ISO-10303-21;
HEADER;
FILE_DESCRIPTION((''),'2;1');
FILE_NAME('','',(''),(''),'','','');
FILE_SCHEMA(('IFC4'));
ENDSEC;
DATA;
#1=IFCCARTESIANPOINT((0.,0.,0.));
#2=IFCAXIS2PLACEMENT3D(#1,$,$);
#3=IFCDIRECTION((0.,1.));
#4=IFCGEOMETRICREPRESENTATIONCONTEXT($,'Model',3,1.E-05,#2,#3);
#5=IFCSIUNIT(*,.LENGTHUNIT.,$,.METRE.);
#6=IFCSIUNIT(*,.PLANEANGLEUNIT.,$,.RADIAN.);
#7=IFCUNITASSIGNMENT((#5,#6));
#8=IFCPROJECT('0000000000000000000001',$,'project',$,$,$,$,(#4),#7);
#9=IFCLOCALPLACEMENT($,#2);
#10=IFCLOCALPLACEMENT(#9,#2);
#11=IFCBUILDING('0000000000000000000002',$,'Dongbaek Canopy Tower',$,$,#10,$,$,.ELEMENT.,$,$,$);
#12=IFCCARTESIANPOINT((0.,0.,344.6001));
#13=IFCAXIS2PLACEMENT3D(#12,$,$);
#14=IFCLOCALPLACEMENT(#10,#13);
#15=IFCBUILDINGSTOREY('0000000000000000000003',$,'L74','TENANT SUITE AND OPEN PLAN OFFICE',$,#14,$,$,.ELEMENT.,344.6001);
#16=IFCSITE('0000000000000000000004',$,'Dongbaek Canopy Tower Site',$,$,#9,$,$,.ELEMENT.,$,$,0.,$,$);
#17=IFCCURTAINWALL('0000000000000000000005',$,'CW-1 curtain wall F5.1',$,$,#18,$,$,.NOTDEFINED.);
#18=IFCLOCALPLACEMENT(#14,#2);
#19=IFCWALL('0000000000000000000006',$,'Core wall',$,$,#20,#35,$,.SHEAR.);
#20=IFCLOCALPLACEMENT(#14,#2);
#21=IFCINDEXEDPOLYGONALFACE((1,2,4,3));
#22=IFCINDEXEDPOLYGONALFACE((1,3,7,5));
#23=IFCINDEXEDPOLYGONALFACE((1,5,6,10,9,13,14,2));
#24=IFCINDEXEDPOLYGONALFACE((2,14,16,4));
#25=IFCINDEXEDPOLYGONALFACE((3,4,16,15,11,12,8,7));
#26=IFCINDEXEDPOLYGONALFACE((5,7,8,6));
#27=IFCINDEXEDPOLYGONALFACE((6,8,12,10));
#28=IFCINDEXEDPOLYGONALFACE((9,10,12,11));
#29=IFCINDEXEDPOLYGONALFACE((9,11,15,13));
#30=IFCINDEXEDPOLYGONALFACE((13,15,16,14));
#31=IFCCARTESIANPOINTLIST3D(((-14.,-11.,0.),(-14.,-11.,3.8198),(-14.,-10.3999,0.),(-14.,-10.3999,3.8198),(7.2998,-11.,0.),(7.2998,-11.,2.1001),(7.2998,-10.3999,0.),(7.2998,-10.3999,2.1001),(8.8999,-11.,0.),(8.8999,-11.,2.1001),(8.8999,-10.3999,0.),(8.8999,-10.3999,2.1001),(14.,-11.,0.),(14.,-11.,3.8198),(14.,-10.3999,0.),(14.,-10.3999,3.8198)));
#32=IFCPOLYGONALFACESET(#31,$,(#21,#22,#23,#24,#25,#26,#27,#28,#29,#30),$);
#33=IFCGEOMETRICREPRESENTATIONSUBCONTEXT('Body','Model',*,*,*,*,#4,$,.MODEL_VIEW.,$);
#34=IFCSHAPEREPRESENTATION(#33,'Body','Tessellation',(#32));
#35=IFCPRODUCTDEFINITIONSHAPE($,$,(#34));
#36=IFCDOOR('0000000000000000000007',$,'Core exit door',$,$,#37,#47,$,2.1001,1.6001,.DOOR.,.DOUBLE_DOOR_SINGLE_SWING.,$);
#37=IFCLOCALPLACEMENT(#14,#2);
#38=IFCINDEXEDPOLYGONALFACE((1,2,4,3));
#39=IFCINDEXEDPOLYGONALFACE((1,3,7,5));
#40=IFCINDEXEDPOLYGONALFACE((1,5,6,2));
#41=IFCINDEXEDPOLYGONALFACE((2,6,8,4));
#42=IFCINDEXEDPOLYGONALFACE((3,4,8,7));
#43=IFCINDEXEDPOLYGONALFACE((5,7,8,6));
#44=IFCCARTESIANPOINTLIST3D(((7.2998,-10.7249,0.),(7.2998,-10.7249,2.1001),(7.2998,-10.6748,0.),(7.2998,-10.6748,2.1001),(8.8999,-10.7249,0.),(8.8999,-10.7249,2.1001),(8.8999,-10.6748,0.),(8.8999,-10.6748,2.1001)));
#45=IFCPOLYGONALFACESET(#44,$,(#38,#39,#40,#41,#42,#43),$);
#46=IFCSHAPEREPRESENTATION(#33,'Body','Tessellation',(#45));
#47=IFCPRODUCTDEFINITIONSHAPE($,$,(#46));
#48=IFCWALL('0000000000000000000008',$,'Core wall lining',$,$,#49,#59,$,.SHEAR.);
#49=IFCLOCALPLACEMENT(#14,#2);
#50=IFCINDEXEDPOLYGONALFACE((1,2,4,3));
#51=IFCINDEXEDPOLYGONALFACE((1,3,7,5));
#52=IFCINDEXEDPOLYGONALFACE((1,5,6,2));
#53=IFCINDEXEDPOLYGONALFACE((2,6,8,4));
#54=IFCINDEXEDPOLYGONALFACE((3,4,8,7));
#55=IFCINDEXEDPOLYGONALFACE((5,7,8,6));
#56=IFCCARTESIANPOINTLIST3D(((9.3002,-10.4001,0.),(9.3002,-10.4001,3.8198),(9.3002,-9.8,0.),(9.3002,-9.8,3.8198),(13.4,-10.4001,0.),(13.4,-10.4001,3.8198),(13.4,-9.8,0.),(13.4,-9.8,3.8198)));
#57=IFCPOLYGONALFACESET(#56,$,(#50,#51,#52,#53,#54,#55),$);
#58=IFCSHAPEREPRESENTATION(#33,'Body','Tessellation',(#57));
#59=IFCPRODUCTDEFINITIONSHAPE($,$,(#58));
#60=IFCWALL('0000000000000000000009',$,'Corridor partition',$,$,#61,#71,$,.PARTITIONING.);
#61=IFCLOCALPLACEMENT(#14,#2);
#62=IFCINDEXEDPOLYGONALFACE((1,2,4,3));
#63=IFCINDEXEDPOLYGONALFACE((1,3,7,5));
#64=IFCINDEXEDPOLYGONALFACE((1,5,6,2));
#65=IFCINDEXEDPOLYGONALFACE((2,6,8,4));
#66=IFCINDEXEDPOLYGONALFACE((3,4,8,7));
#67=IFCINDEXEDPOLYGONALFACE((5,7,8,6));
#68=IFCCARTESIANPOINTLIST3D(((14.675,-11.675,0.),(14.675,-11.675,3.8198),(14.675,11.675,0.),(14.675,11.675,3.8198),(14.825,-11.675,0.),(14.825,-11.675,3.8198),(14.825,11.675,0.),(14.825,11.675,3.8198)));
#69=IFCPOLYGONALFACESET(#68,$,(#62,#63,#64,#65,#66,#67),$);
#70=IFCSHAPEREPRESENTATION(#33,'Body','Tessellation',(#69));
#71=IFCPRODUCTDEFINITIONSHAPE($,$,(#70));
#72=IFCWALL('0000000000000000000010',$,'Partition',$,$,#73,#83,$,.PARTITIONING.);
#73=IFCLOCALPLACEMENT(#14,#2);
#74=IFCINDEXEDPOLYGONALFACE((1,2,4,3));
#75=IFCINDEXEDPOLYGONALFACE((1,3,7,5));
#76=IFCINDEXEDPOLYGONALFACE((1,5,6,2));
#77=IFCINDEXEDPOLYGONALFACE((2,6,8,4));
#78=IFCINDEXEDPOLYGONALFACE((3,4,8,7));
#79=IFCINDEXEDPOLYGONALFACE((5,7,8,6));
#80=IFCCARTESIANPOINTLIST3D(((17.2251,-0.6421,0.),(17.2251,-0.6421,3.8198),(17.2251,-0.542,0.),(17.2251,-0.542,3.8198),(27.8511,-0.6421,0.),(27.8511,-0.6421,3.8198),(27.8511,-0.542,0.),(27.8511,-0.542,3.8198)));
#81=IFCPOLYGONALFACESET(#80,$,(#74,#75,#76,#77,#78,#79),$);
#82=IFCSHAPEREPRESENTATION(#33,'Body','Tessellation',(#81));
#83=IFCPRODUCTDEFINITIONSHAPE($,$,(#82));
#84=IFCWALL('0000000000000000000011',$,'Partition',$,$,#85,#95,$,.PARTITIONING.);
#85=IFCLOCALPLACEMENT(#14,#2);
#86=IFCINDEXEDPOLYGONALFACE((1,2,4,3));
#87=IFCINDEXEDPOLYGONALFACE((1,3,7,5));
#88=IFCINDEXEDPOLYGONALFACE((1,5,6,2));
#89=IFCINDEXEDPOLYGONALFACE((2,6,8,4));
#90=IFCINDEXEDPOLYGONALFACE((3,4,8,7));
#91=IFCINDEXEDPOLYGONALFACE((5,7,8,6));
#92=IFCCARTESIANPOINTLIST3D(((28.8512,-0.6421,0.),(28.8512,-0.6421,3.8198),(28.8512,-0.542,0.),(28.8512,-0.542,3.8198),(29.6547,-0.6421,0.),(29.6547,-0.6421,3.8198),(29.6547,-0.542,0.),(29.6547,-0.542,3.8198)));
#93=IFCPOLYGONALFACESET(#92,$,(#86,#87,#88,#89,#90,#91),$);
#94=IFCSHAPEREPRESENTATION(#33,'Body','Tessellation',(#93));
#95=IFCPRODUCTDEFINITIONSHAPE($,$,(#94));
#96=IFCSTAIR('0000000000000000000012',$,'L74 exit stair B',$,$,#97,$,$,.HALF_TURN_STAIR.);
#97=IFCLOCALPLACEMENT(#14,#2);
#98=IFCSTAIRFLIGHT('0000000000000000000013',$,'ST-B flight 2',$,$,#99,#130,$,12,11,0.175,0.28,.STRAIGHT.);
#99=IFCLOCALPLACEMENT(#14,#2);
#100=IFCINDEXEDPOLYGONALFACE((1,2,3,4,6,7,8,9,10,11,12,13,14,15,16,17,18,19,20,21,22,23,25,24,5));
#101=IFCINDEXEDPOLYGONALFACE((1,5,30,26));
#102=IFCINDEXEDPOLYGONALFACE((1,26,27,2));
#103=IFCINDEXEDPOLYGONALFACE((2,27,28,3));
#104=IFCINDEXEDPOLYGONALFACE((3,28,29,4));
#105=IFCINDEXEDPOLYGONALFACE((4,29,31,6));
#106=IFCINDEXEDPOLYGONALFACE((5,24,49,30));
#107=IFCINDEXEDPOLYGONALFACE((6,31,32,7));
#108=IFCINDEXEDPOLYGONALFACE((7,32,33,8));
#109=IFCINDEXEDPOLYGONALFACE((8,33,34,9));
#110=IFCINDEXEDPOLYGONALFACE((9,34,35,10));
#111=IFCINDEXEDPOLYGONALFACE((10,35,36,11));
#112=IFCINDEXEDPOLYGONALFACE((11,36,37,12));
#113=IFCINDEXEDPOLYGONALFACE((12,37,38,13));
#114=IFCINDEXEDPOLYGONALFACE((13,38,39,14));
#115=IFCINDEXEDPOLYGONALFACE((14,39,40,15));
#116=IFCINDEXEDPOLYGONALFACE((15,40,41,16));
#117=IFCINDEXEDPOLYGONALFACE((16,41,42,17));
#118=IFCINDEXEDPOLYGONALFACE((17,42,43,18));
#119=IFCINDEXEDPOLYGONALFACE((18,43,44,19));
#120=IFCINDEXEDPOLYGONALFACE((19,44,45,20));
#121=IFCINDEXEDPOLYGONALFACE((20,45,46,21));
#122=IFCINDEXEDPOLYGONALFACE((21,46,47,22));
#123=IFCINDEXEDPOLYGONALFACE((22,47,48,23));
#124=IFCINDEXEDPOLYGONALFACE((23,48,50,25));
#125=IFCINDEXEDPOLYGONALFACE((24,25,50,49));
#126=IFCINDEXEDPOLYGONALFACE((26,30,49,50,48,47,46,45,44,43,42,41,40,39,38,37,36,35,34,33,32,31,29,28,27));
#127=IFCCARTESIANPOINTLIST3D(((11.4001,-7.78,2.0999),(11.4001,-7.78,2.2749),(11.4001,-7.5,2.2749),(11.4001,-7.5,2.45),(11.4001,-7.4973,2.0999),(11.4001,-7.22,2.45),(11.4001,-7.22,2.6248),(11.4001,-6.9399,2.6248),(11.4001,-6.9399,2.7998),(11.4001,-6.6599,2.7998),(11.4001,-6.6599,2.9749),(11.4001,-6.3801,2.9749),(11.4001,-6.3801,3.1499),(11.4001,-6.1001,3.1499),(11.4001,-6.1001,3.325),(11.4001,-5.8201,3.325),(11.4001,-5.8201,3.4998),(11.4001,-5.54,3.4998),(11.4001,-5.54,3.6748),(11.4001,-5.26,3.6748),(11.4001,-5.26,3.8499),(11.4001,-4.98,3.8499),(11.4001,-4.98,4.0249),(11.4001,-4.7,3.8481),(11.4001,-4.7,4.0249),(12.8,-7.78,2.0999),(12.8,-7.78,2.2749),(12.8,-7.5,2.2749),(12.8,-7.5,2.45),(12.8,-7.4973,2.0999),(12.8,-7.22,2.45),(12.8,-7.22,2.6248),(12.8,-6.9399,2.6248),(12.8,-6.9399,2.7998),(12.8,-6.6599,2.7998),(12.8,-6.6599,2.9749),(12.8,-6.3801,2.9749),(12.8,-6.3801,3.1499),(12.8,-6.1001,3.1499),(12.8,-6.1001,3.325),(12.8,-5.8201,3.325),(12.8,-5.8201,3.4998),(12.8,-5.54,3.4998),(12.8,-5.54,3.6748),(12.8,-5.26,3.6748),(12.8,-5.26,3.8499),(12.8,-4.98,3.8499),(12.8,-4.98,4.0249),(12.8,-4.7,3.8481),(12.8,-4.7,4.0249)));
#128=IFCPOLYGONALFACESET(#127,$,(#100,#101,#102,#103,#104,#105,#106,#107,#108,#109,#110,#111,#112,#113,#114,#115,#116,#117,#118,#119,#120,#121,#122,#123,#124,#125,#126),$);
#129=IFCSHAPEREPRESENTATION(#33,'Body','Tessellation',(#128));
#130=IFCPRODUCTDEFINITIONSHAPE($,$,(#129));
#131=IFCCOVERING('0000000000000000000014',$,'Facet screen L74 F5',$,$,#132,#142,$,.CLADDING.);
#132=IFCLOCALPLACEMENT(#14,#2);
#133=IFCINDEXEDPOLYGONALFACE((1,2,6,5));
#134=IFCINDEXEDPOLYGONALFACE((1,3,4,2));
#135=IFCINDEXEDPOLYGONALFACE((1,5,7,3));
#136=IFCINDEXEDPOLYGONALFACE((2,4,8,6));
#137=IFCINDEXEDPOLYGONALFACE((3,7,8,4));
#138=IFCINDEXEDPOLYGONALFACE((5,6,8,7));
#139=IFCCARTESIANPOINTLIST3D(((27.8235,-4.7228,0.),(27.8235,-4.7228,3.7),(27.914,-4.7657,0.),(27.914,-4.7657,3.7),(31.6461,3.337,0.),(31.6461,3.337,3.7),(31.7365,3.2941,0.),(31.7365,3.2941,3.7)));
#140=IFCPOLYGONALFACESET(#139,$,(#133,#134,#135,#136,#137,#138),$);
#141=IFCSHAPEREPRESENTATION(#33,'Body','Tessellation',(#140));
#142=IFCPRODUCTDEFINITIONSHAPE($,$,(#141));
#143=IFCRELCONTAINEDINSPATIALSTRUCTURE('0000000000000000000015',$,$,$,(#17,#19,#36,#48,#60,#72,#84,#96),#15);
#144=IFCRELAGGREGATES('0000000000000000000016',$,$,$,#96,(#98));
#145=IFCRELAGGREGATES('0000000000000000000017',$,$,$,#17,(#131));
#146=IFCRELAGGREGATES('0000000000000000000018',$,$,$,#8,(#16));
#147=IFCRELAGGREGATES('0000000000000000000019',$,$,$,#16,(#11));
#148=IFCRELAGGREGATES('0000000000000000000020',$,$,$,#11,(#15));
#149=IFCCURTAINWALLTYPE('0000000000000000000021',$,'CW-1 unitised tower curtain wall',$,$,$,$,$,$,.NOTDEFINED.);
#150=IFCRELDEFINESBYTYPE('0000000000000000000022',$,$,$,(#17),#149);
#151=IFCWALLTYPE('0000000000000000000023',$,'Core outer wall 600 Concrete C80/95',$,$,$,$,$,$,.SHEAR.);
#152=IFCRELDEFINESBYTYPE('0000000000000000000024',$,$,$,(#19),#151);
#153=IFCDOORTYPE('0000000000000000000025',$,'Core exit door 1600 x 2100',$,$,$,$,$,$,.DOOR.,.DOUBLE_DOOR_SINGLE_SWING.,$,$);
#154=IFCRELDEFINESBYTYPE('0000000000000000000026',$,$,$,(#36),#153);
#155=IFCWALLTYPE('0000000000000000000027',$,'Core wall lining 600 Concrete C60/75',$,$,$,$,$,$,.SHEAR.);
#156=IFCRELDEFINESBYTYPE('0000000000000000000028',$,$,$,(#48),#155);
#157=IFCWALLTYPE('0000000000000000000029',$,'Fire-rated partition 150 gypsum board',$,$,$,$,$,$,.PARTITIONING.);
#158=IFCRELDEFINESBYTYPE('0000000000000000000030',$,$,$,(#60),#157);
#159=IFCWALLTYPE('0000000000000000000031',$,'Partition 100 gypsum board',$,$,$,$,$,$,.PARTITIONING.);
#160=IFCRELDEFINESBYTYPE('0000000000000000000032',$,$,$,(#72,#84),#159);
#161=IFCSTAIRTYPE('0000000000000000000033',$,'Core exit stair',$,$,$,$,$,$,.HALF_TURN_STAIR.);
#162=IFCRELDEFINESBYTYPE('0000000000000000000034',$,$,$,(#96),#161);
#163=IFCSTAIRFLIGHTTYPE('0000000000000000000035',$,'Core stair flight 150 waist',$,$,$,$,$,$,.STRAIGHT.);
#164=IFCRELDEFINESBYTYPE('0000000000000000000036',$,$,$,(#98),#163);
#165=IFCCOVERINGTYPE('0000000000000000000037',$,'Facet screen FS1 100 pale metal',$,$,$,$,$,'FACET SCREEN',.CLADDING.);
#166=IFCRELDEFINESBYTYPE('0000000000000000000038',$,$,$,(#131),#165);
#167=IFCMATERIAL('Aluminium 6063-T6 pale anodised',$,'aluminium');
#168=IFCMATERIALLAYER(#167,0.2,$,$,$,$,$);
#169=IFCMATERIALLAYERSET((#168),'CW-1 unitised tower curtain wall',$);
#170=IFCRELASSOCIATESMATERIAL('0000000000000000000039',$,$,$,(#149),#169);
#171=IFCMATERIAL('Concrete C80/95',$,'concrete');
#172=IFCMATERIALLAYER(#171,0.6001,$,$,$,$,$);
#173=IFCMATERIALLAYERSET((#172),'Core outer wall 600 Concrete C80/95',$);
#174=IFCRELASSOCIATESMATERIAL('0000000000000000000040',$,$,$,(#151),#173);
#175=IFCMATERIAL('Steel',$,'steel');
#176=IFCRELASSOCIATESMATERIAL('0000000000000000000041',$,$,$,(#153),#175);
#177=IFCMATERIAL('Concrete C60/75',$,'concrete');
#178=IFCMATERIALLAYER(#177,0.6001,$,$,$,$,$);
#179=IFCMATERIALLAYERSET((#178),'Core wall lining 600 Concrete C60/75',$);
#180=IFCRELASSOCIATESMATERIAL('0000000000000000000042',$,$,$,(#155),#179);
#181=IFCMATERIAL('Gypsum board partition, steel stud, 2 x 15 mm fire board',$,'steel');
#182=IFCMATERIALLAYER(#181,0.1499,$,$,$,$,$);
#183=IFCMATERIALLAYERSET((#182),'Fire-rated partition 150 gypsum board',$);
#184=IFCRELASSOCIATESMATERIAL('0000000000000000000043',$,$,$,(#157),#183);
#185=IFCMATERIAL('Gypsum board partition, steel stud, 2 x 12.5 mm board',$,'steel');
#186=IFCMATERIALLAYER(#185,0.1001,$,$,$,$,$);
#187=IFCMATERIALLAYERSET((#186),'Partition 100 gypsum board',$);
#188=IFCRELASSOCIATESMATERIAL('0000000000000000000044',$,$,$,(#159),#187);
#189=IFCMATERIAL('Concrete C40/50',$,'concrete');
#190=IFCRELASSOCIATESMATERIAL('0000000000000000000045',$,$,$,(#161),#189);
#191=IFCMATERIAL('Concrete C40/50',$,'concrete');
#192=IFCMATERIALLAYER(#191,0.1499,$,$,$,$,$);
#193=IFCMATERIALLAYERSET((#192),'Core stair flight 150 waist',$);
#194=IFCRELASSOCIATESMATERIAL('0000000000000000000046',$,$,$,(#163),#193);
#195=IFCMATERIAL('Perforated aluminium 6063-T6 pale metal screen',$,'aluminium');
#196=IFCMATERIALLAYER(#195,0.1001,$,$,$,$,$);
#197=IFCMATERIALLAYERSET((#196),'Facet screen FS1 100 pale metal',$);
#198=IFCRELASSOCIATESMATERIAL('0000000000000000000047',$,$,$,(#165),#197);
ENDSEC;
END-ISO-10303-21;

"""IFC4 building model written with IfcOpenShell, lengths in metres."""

from ifc_helpers import new_model, si_unit, direction, frame, frame_2d, origin, origin_2d, place, context, subcontext, project, spatial, polyline, rectangle, outline, extrude, material, layer, layer_set, type_object, element, fill, aggregate, save


model = new_model("IFC4")

# Units and contexts
model_context = context("Model", 3, precision=1e-05, world=origin(), true_north=direction((0.0, 1.0)))
body_context = subcontext(model_context, "Body", "Model", "MODEL_VIEW")
ifc_project = project(units=[si_unit("LENGTHUNIT", "METRE"), si_unit("PLANEANGLEUNIT", "RADIAN")], contexts=[model_context])

# Site, building, storey
site_placement = place(None, origin())
site = spatial("IfcSite", under=ifc_project, at=site_placement, Name="Dongbaek Canopy Tower Site", CompositionType="ELEMENT", RefElevation=0.0)
building_placement = place(site_placement, origin())
building = spatial("IfcBuilding", under=site, at=building_placement, Name="Dongbaek Canopy Tower", CompositionType="ELEMENT")
storey_placement = place(building_placement, frame((0.0, 0.0, 344.6001)))
storey = spatial("IfcBuildingStorey", under=building, at=storey_placement, Name="L74", Description="TENANT SUITE AND OPEN PLAN OFFICE", CompositionType="ELEMENT", Elevation=344.6001)

# Curtain wall
ifc_material_1 = material(Name="Aluminium 6063-T6 pale anodised", Category="aluminium")
ifc_layer_1 = layer(ifc_material_1, 0.2)
ifc_layer_set_1 = layer_set([ifc_layer_1], Name="CW-1 unitised tower curtain wall")
curtain_wall_type = type_object("IfcCurtainWallType", Name="CW-1 unitised tower curtain wall", PredefinedType="NOTDEFINED", material=ifc_layer_set_1)
curtain_wall_placement = place(storey_placement, origin())
curtain_wall = element("IfcCurtainWall", 1, at=curtain_wall_placement, inside=storey, type_object=curtain_wall_type, Name="CW-1 curtain wall F5.1", PredefinedType="NOTDEFINED")

# Wall, opening, door
ifc_material_2 = material(Name="Concrete C80/95", Category="concrete")
ifc_layer_2 = layer(ifc_material_2, 0.6001)
ifc_layer_set_2 = layer_set([ifc_layer_2], Name="Core outer wall 600 Concrete C80/95")
wall_type_1 = type_object("IfcWallType", Name="Core outer wall 600 Concrete C80/95", PredefinedType="SHEAR", material=ifc_layer_set_2)
wall_1_placement = place(storey_placement, frame((14.0, -10.7, 0.0), z_axis=(0.0, 0.0, 1.0), x_axis=(-1.0, 0.0, 0.0)))
wall_1 = element("IfcWall", 2, at=wall_1_placement, inside=storey, type_object=wall_type_1, Name="Core wall", PredefinedType="SHEAR", context=body_context, shape_type="SweptSolid", body=[
    extrude(rectangle(XDim=28.0, YDim=0.6001, at=frame_2d((14.0, 0.0))), origin(), (0.0, 0.0, 1.0), 3.8198),
])
opening_placement = place(wall_1_placement, frame((5.1001, 0.0, 0.0)))
opening = element("IfcOpeningElement", 3, at=opening_placement, cuts=wall_1, PredefinedType="OPENING", context=body_context, shape_type="SweptSolid", body=[
    extrude(rectangle(XDim=1.6001, YDim=2.1001, at=frame_2d((0.8, 1.05))), frame((0.0, 0.3101, 0.0), z_axis=(0.0, -1.0, 0.0), x_axis=(1.0, 0.0, 0.0)), (0.0, 0.0, 1.0), 0.6201),
])
ifc_material_3 = material(Name="Steel", Category="steel")
door_type = type_object("IfcDoorType", Name="Core exit door 1600 x 2100", OperationType="DOUBLE_DOOR_SINGLE_SWING", PredefinedType="DOOR", material=ifc_material_3)
door_placement = place(opening_placement, origin())
door = element("IfcDoor", 4, at=door_placement, inside=storey, type_object=door_type, Name="Core exit door", OperationType="DOUBLE_DOOR_SINGLE_SWING", OverallHeight=2.1001, OverallWidth=1.6001, PredefinedType="DOOR", context=body_context, shape_type="SweptSolid", body=[
    extrude(rectangle(XDim=1.6001, YDim=2.1001, at=frame_2d((0.8, 1.05))), frame((0.0, 0.0249, 0.0), z_axis=(0.0, -1.0, 0.0), x_axis=(1.0, 0.0, 0.0)), (0.0, 0.0, 1.0), 0.05),
])
fill(opening, door)

# Walls
ifc_material_4 = material(Name="Concrete C60/75", Category="concrete")
ifc_layer_3 = layer(ifc_material_4, 0.6001)
ifc_layer_set_3 = layer_set([ifc_layer_3], Name="Core wall lining 600 Concrete C60/75")
wall_type_2 = type_object("IfcWallType", Name="Core wall lining 600 Concrete C60/75", PredefinedType="SHEAR", material=ifc_layer_set_3)
wall_2_placement = place(storey_placement, frame((13.3999, -10.1001, 0.0), z_axis=(0.0, 0.0, 1.0), x_axis=(-1.0, 0.0, 0.0)))
element("IfcWall", 5, at=wall_2_placement, inside=storey, type_object=wall_type_2, Name="Core wall lining", PredefinedType="SHEAR", context=body_context, shape_type="SweptSolid", body=[
    extrude(rectangle(XDim=4.0999, YDim=0.6001, at=frame_2d((2.0498, 0.0))), origin(), (0.0, 0.0, 1.0), 3.8198),
])
ifc_material_5 = material(Name="Gypsum board partition, steel stud, 2 x 15 mm fire board", Category="steel")
ifc_layer_4 = layer(ifc_material_5, 0.1499)
ifc_layer_set_4 = layer_set([ifc_layer_4], Name="Fire-rated partition 150 gypsum board")
wall_type_3 = type_object("IfcWallType", Name="Fire-rated partition 150 gypsum board", PredefinedType="PARTITIONING", material=ifc_layer_set_4)
wall_3_placement = place(storey_placement, frame((14.75, -11.675, 0.0), z_axis=(0.0, 0.0, 1.0), x_axis=(0.0, 1.0, 0.0)))
element("IfcWall", 6, at=wall_3_placement, inside=storey, type_object=wall_type_3, Name="Corridor partition", PredefinedType="PARTITIONING", context=body_context, shape_type="SweptSolid", body=[
    extrude(rectangle(XDim=23.3501, YDim=0.1499, at=frame_2d((11.675, 0.0))), origin(), (0.0, 0.0, 1.0), 3.8198),
])
ifc_material_6 = material(Name="Gypsum board partition, steel stud, 2 x 12.5 mm board", Category="steel")
ifc_layer_5 = layer(ifc_material_6, 0.1001)
ifc_layer_set_5 = layer_set([ifc_layer_5], Name="Partition 100 gypsum board")
wall_type_4 = type_object("IfcWallType", Name="Partition 100 gypsum board", PredefinedType="PARTITIONING", material=ifc_layer_set_5)
wall_4_placement = place(storey_placement, frame((17.2251, -0.592, 0.0), z_axis=(0.0, 0.0, 1.0), x_axis=(1.0, 0.0, 0.0)))
element("IfcWall", 7, at=wall_4_placement, inside=storey, type_object=wall_type_4, Name="Partition", PredefinedType="PARTITIONING", context=body_context, shape_type="SweptSolid", body=[
    extrude(rectangle(XDim=10.626, YDim=0.1001, at=frame_2d((5.313, 0.0))), origin(), (0.0, 0.0, 1.0), 3.8198),
])
wall_5_placement = place(storey_placement, frame((28.8511, -0.592, 0.0), z_axis=(0.0, 0.0, 1.0), x_axis=(1.0, 0.0, 0.0)))
element("IfcWall", 8, at=wall_5_placement, inside=storey, type_object=wall_type_4, Name="Partition", PredefinedType="PARTITIONING", context=body_context, shape_type="SweptSolid", body=[
    extrude(rectangle(XDim=0.8035, YDim=0.1001, at=frame_2d((0.4019, 0.0))), origin(), (0.0, 0.0, 1.0), 3.8198),
])

# Stair, stair flight
ifc_material_7 = material(Name="Concrete C40/50", Category="concrete")
stair_type = type_object("IfcStairType", Name="Core exit stair", PredefinedType="HALF_TURN_STAIR", material=ifc_material_7)
stair_placement = place(storey_placement, origin())
stair = element("IfcStair", 9, at=stair_placement, inside=storey, type_object=stair_type, Name="L74 exit stair B", PredefinedType="HALF_TURN_STAIR")
ifc_material_8 = material(Name="Concrete C40/50", Category="concrete")
ifc_layer_6 = layer(ifc_material_8, 0.1499)
ifc_layer_set_6 = layer_set([ifc_layer_6], Name="Core stair flight 150 waist")
stair_flight_type = type_object("IfcStairFlightType", Name="Core stair flight 150 waist", PredefinedType="STRAIGHT", material=ifc_layer_set_6)
stair_flight_placement = place(storey_placement, frame((12.1001, -7.78, 2.0999), z_axis=(0.0, 0.0, 1.0), x_axis=(0.0, 1.0, 0.0)))
stair_flight = element("IfcStairFlight", 10, at=stair_flight_placement, type_object=stair_flight_type, Name="ST-B flight 2", NumberOfRisers=12, NumberOfTreads=11, PredefinedType="STRAIGHT", RiserHeight=0.175, TreadLength=0.28, context=body_context, shape_type="SweptSolid", body=[
    extrude(outline(polyline([(0.0, 0.0), (0.0, 0.175), (0.28, 0.175), (0.28, 0.3501), (0.5601, 0.3501), (0.5601, 0.5249), (0.8401, 0.5249), (0.8401, 0.7), (1.1201, 0.7), (1.1201, 0.875), (1.3999, 0.875), (1.3999, 1.05), (1.6799, 1.05), (1.6799, 1.2251), (1.96, 1.2251), (1.96, 1.3999), (2.24, 1.3999), (2.24, 1.575), (2.52, 1.575), (2.52, 1.75), (2.8, 1.75), (2.8, 1.925), (3.0801, 1.925), (3.0801, 2.1001), (3.0801, 1.7483), (0.2827, 0.0), (0.0, 0.0)])), frame((0.0, 0.7, 0.0), z_axis=(0.0, -1.0, 0.0), x_axis=(1.0, 0.0, 0.0)), (0.0, 0.0, 1.0), 1.3999),
])
aggregate(stair, [stair_flight])

# Covering
ifc_material_9 = material(Name="Perforated aluminium 6063-T6 pale metal screen", Category="aluminium")
ifc_layer_7 = layer(ifc_material_9, 0.1001)
ifc_layer_set_7 = layer_set([ifc_layer_7], Name="Facet screen FS1 100 pale metal")
covering_type = type_object("IfcCoveringType", Name="Facet screen FS1 100 pale metal", ElementType="FACET SCREEN", PredefinedType="CLADDING", material=ifc_layer_set_7)
covering_placement = place(storey_placement, frame((29.78, -0.7144, 0.0), z_axis=(0.0, 0.0, 1.0), x_axis=(0.428522, 0.903531, 0.0)))
covering = element("IfcCovering", 11, at=covering_placement, type_object=covering_type, Name="Facet screen L74 F5", PredefinedType="CLADDING", context=body_context, shape_type="SweptSolid", body=[
    extrude(rectangle(XDim=8.9204, YDim=0.1001, at=origin_2d()), origin(), (0.0, 0.0, 1.0), 3.7),
])
aggregate(curtain_wall, [covering])

save(model, "model.ifc")
